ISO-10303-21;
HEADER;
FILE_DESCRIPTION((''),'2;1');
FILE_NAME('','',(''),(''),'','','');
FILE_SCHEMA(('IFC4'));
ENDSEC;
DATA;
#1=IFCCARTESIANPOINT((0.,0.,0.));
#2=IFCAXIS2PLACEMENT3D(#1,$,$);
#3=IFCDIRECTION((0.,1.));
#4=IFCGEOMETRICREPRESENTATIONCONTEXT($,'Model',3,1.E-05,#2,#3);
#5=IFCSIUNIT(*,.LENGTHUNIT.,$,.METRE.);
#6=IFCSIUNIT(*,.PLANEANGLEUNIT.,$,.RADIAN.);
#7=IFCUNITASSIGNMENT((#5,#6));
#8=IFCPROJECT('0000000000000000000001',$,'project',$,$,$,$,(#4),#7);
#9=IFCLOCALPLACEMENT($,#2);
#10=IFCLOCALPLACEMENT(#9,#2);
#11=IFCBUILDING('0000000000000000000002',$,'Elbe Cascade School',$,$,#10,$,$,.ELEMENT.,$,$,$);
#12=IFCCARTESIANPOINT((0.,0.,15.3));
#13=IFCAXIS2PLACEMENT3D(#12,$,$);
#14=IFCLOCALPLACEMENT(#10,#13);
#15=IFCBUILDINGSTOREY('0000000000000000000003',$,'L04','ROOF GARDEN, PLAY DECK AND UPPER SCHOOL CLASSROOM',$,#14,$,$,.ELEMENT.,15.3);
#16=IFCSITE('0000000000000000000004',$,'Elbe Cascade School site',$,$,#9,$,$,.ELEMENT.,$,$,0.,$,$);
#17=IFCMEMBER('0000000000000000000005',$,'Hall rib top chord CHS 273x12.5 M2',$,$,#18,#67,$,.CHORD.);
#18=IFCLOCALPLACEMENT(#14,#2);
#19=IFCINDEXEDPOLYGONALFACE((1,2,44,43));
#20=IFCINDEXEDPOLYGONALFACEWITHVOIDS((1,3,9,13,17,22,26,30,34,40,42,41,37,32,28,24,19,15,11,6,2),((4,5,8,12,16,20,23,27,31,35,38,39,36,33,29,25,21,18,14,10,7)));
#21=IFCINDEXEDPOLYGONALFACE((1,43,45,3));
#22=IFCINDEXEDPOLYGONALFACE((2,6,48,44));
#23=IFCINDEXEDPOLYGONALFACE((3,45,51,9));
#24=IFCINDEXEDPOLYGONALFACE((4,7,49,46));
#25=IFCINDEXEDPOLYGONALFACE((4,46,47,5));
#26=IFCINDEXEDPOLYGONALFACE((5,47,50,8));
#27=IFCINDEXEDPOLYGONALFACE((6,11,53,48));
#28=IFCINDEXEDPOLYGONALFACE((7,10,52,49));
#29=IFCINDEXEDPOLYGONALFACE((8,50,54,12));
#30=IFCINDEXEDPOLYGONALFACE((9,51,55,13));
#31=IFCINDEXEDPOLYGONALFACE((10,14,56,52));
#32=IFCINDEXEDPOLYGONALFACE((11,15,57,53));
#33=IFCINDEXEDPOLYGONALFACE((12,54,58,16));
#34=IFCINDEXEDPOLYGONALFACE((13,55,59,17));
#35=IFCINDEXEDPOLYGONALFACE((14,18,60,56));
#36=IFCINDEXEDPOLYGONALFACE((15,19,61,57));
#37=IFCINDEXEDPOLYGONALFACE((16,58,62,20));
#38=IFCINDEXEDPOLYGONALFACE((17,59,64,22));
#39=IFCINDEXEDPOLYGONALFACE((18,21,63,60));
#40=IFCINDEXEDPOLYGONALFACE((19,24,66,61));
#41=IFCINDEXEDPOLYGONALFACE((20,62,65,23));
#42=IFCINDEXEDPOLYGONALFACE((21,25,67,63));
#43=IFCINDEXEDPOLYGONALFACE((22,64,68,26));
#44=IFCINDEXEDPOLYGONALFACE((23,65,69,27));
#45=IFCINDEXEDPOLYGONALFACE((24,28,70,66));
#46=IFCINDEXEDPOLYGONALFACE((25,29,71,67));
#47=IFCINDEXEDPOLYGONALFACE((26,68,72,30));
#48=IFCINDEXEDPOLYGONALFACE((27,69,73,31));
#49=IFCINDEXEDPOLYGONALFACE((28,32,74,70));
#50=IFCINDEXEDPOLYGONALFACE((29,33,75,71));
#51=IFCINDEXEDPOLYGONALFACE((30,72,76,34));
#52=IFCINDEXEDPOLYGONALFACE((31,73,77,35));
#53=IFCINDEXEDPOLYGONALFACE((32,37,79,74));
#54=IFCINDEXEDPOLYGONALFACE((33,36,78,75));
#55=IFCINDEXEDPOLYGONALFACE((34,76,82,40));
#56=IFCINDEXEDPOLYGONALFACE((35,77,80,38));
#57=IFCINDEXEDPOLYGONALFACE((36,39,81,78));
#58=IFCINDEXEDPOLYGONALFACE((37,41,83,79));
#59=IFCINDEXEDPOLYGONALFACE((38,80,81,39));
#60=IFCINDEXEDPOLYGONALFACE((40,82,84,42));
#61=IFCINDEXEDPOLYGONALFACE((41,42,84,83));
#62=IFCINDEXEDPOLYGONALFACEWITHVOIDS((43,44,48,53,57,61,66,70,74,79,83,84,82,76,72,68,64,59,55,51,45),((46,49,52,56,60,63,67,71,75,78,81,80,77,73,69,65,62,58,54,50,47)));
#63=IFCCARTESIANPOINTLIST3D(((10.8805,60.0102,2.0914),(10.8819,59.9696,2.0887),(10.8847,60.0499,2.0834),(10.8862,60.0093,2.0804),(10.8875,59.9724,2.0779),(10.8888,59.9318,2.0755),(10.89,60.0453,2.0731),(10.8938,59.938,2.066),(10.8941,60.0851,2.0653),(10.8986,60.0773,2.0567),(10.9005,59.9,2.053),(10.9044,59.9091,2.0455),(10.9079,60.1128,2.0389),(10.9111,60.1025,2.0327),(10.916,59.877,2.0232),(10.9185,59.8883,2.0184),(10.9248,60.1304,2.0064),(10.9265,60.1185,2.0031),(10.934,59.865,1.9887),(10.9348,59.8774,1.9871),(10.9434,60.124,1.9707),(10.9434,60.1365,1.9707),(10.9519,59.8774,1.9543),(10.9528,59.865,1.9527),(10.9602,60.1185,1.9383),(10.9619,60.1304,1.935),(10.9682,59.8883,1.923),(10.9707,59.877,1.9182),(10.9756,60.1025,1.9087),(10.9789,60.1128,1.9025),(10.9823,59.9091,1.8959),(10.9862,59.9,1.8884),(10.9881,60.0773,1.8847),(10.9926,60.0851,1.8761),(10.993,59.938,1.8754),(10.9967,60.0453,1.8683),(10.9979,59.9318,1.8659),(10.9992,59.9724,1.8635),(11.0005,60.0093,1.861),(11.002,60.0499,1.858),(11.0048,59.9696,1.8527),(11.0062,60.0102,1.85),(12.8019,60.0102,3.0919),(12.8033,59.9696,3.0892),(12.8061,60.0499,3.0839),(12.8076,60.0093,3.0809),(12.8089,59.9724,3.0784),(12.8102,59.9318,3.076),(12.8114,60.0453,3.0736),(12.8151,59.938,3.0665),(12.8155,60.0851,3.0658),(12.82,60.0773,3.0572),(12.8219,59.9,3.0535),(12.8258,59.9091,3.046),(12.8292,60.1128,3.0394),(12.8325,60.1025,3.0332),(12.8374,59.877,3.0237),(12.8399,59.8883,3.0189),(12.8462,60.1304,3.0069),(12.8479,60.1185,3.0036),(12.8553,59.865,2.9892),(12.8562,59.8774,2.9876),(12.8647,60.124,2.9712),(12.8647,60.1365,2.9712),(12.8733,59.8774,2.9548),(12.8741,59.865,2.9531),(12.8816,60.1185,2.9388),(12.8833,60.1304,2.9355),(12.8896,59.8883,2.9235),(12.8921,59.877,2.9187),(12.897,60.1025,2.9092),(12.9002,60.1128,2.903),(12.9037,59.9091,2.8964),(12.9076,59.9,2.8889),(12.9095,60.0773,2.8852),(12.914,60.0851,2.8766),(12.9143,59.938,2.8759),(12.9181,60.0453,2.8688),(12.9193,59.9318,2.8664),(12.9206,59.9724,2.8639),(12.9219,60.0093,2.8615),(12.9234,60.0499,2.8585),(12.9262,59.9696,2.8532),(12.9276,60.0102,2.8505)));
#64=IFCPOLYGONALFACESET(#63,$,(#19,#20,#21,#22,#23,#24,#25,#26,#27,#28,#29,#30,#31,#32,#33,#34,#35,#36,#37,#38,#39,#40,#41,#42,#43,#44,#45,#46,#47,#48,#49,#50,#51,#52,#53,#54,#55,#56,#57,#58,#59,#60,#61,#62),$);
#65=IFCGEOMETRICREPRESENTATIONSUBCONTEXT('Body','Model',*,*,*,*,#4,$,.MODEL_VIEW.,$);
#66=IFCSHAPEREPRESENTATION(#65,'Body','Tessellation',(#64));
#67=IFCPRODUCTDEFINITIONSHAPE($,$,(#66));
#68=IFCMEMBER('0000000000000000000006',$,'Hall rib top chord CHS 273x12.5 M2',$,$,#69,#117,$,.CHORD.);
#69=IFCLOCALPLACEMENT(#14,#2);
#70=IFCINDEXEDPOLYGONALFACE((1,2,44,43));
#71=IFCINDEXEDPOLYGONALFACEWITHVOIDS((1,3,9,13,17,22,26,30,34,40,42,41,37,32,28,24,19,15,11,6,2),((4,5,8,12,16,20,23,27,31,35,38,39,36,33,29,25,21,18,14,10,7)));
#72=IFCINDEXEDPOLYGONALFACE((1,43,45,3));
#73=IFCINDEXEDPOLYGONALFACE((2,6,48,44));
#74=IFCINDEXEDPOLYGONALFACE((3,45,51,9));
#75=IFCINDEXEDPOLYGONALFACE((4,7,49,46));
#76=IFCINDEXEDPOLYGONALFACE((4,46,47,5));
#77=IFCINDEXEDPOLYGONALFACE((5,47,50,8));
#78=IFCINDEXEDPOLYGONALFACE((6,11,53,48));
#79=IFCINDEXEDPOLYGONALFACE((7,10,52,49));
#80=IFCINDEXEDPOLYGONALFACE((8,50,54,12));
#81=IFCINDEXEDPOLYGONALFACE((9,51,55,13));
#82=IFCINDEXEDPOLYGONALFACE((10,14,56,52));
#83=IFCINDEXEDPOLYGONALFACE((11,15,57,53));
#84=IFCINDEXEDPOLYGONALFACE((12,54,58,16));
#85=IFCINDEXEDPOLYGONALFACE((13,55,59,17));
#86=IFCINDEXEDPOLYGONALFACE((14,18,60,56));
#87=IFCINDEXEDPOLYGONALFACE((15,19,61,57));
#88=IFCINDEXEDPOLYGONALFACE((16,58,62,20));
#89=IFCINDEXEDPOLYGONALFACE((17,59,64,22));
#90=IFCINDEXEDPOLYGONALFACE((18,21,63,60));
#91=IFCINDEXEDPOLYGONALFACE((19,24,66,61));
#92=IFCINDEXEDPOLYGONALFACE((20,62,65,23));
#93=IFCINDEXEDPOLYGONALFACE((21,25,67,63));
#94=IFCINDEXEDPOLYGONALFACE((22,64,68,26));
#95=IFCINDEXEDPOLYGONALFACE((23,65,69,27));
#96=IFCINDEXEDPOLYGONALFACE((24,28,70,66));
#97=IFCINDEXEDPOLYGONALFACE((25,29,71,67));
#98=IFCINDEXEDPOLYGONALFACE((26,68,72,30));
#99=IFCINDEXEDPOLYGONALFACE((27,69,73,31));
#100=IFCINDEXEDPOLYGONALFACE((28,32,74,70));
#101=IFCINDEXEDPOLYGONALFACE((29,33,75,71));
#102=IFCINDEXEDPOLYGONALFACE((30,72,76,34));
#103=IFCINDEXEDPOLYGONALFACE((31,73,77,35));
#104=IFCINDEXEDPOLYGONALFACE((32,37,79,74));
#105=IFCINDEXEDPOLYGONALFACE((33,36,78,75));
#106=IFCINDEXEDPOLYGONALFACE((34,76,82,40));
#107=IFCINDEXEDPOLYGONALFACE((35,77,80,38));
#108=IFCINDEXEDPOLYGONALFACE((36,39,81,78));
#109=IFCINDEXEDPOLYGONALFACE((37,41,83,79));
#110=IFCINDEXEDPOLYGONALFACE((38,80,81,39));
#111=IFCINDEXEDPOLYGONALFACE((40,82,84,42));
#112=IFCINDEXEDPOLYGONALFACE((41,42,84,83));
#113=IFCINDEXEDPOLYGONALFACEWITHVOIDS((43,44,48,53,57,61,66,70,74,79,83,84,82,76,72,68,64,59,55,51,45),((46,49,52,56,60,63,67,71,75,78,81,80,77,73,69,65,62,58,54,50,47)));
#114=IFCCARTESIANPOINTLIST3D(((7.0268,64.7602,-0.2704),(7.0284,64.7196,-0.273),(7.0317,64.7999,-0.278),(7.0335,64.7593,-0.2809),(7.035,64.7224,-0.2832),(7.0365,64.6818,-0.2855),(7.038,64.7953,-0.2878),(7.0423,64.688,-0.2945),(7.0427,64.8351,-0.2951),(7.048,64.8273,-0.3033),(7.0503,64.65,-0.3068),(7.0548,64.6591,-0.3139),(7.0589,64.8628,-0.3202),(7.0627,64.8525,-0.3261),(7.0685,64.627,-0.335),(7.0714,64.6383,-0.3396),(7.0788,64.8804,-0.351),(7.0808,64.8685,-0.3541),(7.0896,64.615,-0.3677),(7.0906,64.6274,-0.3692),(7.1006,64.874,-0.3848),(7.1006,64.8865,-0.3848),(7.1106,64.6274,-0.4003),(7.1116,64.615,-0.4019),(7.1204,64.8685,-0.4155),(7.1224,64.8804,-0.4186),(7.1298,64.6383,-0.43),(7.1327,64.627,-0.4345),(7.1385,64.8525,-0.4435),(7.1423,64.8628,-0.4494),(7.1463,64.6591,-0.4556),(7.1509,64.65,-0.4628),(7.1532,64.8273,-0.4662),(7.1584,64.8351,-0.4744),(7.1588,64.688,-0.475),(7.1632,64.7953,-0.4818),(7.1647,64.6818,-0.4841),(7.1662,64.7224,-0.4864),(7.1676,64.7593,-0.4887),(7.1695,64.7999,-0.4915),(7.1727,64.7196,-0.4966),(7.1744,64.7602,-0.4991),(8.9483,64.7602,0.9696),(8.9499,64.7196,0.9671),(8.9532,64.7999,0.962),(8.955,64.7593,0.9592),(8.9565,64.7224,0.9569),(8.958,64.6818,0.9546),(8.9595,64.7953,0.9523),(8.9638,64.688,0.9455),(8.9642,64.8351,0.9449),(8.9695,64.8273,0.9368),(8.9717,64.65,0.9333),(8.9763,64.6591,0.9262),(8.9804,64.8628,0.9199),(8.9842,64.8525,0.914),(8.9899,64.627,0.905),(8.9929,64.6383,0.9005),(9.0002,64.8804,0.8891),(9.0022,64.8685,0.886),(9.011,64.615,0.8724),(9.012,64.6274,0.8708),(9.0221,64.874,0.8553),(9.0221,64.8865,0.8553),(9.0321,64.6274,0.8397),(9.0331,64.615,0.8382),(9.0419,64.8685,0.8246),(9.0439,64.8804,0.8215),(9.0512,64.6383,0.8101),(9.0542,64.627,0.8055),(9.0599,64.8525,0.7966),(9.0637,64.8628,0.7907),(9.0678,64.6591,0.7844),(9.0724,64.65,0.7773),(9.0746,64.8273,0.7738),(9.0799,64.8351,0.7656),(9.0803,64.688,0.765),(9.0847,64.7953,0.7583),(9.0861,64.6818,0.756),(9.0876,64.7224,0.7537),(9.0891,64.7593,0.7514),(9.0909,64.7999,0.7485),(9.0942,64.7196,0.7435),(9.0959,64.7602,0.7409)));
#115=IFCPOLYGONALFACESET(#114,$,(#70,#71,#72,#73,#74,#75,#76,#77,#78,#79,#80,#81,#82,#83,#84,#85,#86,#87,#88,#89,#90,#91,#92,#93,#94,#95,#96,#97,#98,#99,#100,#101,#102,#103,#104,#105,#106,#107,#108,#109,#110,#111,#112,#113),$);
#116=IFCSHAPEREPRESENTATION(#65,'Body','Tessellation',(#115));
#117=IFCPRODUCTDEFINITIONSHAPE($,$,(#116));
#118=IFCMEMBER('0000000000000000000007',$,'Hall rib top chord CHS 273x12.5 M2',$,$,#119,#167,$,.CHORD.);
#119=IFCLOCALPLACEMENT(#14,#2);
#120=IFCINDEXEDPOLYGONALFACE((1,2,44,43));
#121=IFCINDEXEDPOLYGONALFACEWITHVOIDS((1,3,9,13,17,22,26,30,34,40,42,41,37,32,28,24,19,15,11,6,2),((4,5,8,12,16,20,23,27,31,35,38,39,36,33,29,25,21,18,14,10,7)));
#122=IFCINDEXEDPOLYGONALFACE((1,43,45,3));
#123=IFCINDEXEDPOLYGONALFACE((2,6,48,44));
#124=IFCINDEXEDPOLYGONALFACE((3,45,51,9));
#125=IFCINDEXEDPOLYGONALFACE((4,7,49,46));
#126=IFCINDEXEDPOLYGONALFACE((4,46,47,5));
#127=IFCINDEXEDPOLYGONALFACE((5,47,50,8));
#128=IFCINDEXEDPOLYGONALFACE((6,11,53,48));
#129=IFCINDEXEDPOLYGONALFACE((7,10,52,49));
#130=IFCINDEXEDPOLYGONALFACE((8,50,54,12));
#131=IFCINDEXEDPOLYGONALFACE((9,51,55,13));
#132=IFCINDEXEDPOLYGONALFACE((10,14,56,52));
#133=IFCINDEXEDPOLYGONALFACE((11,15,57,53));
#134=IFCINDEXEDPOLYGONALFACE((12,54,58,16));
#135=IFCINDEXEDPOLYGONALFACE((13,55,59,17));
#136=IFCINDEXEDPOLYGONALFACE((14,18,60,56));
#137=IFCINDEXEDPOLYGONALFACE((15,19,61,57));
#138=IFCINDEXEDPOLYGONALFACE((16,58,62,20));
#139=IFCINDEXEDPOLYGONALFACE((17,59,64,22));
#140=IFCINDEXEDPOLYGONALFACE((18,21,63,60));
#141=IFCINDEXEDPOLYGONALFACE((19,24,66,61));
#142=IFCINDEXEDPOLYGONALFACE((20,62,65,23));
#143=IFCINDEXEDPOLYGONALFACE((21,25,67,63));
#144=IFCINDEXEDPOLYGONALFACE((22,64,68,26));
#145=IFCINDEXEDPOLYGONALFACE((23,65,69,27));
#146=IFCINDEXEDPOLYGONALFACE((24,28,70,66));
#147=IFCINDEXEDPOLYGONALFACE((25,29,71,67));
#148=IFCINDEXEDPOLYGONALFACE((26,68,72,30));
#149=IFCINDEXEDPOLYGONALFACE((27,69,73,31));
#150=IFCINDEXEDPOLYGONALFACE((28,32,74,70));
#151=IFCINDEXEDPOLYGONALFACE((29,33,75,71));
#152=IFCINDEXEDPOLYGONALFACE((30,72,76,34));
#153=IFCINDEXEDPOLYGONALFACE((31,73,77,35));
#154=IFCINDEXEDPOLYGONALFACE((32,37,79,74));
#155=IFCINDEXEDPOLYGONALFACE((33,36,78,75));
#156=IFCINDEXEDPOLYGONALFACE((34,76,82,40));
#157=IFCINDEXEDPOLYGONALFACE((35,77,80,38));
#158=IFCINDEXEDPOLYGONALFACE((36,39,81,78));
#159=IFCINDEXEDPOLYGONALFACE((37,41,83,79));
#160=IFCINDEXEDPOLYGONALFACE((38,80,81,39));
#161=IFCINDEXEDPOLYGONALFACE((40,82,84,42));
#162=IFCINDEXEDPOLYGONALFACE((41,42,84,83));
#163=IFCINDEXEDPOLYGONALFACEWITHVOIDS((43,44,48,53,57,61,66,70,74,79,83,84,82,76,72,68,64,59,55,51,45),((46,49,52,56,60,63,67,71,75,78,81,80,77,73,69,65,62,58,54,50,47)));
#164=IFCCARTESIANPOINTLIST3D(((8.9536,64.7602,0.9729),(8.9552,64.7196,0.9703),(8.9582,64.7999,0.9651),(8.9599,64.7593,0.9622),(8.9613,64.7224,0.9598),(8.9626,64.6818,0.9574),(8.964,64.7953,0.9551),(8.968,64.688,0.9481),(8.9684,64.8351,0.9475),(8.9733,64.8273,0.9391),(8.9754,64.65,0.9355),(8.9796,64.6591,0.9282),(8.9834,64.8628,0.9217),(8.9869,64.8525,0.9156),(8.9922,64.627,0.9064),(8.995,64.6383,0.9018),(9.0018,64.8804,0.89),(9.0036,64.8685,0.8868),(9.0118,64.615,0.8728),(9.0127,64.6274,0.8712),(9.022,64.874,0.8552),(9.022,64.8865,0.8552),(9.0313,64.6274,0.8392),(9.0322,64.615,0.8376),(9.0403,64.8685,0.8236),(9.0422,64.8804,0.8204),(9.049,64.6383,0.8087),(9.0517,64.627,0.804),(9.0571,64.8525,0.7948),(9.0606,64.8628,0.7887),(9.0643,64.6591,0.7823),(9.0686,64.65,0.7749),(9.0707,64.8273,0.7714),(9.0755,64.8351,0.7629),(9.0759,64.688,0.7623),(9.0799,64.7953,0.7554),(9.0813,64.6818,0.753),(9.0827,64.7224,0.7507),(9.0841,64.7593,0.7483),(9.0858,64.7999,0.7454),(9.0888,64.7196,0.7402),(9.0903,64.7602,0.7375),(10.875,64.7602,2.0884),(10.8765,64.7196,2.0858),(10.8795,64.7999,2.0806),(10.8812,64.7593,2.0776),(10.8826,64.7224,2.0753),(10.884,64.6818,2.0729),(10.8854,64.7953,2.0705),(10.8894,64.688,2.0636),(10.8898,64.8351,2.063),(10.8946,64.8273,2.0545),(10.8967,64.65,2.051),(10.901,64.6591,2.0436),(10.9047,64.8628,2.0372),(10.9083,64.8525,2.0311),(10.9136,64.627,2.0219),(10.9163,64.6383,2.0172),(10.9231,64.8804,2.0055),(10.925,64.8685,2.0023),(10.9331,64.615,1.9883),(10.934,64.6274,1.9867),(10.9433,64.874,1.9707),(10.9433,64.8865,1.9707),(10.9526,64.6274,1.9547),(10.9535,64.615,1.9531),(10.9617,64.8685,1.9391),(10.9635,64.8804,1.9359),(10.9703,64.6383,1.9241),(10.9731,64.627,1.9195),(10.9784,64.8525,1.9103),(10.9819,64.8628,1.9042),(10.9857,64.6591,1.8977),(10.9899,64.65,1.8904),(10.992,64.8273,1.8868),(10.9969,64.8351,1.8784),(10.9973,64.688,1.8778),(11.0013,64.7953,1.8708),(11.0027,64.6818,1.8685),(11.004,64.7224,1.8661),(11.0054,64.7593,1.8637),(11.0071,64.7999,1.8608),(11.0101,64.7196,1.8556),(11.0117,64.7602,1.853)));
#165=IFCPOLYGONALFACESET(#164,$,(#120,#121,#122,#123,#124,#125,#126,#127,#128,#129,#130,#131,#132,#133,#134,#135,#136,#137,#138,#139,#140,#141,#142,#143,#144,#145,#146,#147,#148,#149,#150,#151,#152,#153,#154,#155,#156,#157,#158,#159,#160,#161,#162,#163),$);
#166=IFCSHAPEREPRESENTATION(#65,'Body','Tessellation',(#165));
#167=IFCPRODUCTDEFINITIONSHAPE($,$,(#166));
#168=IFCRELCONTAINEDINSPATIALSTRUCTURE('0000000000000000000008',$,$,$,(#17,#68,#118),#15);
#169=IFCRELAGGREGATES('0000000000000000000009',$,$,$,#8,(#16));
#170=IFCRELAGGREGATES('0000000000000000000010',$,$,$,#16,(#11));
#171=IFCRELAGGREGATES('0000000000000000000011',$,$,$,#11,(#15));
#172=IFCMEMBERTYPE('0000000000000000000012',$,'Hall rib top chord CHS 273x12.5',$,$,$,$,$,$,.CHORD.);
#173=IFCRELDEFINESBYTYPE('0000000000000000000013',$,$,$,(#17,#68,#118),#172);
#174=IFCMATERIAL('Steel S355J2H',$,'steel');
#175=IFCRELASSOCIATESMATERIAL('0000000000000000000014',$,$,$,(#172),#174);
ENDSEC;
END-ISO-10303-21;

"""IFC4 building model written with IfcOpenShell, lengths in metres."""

from ifc_helpers import new_model, si_unit, direction, frame, origin, origin_2d, place, context, subcontext, project, spatial, hollow_circle, extrude, material, material_profile, profile_set, type_object, element, save


model = new_model("IFC4")

# Units and contexts
model_context = context("Model", 3, precision=1e-05, world=origin(), true_north=direction((0.0, 1.0)))
body_context = subcontext(model_context, "Body", "Model", "MODEL_VIEW")
ifc_project = project(units=[si_unit("LENGTHUNIT", "METRE"), si_unit("PLANEANGLEUNIT", "RADIAN")], contexts=[model_context])

# Site, building, storey
site_placement = place(None, origin())
site = spatial("IfcSite", under=ifc_project, at=site_placement, Name="Elbe Cascade School site", CompositionType="ELEMENT", RefElevation=0.0)
building_placement = place(site_placement, origin())
building = spatial("IfcBuilding", under=site, at=building_placement, Name="Elbe Cascade School", CompositionType="ELEMENT")
storey_placement = place(building_placement, frame((0.0, 0.0, 15.3)))
storey = spatial("IfcBuildingStorey", under=building, at=storey_placement, Name="L04", Description="ROOF GARDEN, PLAY DECK AND UPPER SCHOOL CLASSROOM", CompositionType="ELEMENT", Elevation=15.3)

# Members
ifc_material_1 = material(Name="Steel S355J2H", Category="steel")
ifc_material_profile_1 = material_profile(ifc_material_1, hollow_circle(Radius=0.1365, WallThickness=0.0125, at=origin_2d()), Name="CHS 273x12.5")
ifc_profile_set_1 = profile_set([ifc_material_profile_1], Name="Steel S355J2H")
member_type_1 = type_object("IfcMemberType", Name="Hall rib top chord CHS 273x12.5", PredefinedType="CHORD", material=ifc_profile_set_1)
member_1_placement = place(storey_placement, frame((10.9434, 60.0, 1.9707), z_axis=(0.886958, 0.0, 0.461849), x_axis=(0.0, 1.0, 0.0)))
element("IfcMember", 1, at=member_1_placement, inside=storey, type_object=member_type_1, Name="Hall rib top chord CHS 273x12.5 M2", PredefinedType="CHORD", context=body_context, shape_type="SweptSolid", body=[
    extrude(hollow_circle(Radius=0.1365, WallThickness=0.0125, at=origin_2d()), origin(), (0.0, 0.0, 1.0), 2.1663),
])
member_2_placement = place(storey_placement, frame((7.1006, 64.75, -0.3848), z_axis=(0.84022, 0.0, 0.542246), x_axis=(0.0, 1.0, 0.0)))
element("IfcMember", 2, at=member_2_placement, inside=storey, type_object=member_type_1, Name="Hall rib top chord CHS 273x12.5 M2", PredefinedType="CHORD", context=body_context, shape_type="SweptSolid", body=[
    extrude(hollow_circle(Radius=0.1365, WallThickness=0.0125, at=origin_2d()), origin(), (0.0, 0.0, 1.0), 2.2869),
])
member_3_placement = place(storey_placement, frame((9.022, 64.75, 0.8552), z_axis=(0.864821, 0.0, 0.50208), x_axis=(0.0, 1.0, 0.0)))
element("IfcMember", 3, at=member_3_placement, inside=storey, type_object=member_type_1, Name="Hall rib top chord CHS 273x12.5 M2", PredefinedType="CHORD", context=body_context, shape_type="SweptSolid", body=[
    extrude(hollow_circle(Radius=0.1365, WallThickness=0.0125, at=origin_2d()), origin(), (0.0, 0.0, 1.0), 2.2217),
])

save(model, "model.ifc")
